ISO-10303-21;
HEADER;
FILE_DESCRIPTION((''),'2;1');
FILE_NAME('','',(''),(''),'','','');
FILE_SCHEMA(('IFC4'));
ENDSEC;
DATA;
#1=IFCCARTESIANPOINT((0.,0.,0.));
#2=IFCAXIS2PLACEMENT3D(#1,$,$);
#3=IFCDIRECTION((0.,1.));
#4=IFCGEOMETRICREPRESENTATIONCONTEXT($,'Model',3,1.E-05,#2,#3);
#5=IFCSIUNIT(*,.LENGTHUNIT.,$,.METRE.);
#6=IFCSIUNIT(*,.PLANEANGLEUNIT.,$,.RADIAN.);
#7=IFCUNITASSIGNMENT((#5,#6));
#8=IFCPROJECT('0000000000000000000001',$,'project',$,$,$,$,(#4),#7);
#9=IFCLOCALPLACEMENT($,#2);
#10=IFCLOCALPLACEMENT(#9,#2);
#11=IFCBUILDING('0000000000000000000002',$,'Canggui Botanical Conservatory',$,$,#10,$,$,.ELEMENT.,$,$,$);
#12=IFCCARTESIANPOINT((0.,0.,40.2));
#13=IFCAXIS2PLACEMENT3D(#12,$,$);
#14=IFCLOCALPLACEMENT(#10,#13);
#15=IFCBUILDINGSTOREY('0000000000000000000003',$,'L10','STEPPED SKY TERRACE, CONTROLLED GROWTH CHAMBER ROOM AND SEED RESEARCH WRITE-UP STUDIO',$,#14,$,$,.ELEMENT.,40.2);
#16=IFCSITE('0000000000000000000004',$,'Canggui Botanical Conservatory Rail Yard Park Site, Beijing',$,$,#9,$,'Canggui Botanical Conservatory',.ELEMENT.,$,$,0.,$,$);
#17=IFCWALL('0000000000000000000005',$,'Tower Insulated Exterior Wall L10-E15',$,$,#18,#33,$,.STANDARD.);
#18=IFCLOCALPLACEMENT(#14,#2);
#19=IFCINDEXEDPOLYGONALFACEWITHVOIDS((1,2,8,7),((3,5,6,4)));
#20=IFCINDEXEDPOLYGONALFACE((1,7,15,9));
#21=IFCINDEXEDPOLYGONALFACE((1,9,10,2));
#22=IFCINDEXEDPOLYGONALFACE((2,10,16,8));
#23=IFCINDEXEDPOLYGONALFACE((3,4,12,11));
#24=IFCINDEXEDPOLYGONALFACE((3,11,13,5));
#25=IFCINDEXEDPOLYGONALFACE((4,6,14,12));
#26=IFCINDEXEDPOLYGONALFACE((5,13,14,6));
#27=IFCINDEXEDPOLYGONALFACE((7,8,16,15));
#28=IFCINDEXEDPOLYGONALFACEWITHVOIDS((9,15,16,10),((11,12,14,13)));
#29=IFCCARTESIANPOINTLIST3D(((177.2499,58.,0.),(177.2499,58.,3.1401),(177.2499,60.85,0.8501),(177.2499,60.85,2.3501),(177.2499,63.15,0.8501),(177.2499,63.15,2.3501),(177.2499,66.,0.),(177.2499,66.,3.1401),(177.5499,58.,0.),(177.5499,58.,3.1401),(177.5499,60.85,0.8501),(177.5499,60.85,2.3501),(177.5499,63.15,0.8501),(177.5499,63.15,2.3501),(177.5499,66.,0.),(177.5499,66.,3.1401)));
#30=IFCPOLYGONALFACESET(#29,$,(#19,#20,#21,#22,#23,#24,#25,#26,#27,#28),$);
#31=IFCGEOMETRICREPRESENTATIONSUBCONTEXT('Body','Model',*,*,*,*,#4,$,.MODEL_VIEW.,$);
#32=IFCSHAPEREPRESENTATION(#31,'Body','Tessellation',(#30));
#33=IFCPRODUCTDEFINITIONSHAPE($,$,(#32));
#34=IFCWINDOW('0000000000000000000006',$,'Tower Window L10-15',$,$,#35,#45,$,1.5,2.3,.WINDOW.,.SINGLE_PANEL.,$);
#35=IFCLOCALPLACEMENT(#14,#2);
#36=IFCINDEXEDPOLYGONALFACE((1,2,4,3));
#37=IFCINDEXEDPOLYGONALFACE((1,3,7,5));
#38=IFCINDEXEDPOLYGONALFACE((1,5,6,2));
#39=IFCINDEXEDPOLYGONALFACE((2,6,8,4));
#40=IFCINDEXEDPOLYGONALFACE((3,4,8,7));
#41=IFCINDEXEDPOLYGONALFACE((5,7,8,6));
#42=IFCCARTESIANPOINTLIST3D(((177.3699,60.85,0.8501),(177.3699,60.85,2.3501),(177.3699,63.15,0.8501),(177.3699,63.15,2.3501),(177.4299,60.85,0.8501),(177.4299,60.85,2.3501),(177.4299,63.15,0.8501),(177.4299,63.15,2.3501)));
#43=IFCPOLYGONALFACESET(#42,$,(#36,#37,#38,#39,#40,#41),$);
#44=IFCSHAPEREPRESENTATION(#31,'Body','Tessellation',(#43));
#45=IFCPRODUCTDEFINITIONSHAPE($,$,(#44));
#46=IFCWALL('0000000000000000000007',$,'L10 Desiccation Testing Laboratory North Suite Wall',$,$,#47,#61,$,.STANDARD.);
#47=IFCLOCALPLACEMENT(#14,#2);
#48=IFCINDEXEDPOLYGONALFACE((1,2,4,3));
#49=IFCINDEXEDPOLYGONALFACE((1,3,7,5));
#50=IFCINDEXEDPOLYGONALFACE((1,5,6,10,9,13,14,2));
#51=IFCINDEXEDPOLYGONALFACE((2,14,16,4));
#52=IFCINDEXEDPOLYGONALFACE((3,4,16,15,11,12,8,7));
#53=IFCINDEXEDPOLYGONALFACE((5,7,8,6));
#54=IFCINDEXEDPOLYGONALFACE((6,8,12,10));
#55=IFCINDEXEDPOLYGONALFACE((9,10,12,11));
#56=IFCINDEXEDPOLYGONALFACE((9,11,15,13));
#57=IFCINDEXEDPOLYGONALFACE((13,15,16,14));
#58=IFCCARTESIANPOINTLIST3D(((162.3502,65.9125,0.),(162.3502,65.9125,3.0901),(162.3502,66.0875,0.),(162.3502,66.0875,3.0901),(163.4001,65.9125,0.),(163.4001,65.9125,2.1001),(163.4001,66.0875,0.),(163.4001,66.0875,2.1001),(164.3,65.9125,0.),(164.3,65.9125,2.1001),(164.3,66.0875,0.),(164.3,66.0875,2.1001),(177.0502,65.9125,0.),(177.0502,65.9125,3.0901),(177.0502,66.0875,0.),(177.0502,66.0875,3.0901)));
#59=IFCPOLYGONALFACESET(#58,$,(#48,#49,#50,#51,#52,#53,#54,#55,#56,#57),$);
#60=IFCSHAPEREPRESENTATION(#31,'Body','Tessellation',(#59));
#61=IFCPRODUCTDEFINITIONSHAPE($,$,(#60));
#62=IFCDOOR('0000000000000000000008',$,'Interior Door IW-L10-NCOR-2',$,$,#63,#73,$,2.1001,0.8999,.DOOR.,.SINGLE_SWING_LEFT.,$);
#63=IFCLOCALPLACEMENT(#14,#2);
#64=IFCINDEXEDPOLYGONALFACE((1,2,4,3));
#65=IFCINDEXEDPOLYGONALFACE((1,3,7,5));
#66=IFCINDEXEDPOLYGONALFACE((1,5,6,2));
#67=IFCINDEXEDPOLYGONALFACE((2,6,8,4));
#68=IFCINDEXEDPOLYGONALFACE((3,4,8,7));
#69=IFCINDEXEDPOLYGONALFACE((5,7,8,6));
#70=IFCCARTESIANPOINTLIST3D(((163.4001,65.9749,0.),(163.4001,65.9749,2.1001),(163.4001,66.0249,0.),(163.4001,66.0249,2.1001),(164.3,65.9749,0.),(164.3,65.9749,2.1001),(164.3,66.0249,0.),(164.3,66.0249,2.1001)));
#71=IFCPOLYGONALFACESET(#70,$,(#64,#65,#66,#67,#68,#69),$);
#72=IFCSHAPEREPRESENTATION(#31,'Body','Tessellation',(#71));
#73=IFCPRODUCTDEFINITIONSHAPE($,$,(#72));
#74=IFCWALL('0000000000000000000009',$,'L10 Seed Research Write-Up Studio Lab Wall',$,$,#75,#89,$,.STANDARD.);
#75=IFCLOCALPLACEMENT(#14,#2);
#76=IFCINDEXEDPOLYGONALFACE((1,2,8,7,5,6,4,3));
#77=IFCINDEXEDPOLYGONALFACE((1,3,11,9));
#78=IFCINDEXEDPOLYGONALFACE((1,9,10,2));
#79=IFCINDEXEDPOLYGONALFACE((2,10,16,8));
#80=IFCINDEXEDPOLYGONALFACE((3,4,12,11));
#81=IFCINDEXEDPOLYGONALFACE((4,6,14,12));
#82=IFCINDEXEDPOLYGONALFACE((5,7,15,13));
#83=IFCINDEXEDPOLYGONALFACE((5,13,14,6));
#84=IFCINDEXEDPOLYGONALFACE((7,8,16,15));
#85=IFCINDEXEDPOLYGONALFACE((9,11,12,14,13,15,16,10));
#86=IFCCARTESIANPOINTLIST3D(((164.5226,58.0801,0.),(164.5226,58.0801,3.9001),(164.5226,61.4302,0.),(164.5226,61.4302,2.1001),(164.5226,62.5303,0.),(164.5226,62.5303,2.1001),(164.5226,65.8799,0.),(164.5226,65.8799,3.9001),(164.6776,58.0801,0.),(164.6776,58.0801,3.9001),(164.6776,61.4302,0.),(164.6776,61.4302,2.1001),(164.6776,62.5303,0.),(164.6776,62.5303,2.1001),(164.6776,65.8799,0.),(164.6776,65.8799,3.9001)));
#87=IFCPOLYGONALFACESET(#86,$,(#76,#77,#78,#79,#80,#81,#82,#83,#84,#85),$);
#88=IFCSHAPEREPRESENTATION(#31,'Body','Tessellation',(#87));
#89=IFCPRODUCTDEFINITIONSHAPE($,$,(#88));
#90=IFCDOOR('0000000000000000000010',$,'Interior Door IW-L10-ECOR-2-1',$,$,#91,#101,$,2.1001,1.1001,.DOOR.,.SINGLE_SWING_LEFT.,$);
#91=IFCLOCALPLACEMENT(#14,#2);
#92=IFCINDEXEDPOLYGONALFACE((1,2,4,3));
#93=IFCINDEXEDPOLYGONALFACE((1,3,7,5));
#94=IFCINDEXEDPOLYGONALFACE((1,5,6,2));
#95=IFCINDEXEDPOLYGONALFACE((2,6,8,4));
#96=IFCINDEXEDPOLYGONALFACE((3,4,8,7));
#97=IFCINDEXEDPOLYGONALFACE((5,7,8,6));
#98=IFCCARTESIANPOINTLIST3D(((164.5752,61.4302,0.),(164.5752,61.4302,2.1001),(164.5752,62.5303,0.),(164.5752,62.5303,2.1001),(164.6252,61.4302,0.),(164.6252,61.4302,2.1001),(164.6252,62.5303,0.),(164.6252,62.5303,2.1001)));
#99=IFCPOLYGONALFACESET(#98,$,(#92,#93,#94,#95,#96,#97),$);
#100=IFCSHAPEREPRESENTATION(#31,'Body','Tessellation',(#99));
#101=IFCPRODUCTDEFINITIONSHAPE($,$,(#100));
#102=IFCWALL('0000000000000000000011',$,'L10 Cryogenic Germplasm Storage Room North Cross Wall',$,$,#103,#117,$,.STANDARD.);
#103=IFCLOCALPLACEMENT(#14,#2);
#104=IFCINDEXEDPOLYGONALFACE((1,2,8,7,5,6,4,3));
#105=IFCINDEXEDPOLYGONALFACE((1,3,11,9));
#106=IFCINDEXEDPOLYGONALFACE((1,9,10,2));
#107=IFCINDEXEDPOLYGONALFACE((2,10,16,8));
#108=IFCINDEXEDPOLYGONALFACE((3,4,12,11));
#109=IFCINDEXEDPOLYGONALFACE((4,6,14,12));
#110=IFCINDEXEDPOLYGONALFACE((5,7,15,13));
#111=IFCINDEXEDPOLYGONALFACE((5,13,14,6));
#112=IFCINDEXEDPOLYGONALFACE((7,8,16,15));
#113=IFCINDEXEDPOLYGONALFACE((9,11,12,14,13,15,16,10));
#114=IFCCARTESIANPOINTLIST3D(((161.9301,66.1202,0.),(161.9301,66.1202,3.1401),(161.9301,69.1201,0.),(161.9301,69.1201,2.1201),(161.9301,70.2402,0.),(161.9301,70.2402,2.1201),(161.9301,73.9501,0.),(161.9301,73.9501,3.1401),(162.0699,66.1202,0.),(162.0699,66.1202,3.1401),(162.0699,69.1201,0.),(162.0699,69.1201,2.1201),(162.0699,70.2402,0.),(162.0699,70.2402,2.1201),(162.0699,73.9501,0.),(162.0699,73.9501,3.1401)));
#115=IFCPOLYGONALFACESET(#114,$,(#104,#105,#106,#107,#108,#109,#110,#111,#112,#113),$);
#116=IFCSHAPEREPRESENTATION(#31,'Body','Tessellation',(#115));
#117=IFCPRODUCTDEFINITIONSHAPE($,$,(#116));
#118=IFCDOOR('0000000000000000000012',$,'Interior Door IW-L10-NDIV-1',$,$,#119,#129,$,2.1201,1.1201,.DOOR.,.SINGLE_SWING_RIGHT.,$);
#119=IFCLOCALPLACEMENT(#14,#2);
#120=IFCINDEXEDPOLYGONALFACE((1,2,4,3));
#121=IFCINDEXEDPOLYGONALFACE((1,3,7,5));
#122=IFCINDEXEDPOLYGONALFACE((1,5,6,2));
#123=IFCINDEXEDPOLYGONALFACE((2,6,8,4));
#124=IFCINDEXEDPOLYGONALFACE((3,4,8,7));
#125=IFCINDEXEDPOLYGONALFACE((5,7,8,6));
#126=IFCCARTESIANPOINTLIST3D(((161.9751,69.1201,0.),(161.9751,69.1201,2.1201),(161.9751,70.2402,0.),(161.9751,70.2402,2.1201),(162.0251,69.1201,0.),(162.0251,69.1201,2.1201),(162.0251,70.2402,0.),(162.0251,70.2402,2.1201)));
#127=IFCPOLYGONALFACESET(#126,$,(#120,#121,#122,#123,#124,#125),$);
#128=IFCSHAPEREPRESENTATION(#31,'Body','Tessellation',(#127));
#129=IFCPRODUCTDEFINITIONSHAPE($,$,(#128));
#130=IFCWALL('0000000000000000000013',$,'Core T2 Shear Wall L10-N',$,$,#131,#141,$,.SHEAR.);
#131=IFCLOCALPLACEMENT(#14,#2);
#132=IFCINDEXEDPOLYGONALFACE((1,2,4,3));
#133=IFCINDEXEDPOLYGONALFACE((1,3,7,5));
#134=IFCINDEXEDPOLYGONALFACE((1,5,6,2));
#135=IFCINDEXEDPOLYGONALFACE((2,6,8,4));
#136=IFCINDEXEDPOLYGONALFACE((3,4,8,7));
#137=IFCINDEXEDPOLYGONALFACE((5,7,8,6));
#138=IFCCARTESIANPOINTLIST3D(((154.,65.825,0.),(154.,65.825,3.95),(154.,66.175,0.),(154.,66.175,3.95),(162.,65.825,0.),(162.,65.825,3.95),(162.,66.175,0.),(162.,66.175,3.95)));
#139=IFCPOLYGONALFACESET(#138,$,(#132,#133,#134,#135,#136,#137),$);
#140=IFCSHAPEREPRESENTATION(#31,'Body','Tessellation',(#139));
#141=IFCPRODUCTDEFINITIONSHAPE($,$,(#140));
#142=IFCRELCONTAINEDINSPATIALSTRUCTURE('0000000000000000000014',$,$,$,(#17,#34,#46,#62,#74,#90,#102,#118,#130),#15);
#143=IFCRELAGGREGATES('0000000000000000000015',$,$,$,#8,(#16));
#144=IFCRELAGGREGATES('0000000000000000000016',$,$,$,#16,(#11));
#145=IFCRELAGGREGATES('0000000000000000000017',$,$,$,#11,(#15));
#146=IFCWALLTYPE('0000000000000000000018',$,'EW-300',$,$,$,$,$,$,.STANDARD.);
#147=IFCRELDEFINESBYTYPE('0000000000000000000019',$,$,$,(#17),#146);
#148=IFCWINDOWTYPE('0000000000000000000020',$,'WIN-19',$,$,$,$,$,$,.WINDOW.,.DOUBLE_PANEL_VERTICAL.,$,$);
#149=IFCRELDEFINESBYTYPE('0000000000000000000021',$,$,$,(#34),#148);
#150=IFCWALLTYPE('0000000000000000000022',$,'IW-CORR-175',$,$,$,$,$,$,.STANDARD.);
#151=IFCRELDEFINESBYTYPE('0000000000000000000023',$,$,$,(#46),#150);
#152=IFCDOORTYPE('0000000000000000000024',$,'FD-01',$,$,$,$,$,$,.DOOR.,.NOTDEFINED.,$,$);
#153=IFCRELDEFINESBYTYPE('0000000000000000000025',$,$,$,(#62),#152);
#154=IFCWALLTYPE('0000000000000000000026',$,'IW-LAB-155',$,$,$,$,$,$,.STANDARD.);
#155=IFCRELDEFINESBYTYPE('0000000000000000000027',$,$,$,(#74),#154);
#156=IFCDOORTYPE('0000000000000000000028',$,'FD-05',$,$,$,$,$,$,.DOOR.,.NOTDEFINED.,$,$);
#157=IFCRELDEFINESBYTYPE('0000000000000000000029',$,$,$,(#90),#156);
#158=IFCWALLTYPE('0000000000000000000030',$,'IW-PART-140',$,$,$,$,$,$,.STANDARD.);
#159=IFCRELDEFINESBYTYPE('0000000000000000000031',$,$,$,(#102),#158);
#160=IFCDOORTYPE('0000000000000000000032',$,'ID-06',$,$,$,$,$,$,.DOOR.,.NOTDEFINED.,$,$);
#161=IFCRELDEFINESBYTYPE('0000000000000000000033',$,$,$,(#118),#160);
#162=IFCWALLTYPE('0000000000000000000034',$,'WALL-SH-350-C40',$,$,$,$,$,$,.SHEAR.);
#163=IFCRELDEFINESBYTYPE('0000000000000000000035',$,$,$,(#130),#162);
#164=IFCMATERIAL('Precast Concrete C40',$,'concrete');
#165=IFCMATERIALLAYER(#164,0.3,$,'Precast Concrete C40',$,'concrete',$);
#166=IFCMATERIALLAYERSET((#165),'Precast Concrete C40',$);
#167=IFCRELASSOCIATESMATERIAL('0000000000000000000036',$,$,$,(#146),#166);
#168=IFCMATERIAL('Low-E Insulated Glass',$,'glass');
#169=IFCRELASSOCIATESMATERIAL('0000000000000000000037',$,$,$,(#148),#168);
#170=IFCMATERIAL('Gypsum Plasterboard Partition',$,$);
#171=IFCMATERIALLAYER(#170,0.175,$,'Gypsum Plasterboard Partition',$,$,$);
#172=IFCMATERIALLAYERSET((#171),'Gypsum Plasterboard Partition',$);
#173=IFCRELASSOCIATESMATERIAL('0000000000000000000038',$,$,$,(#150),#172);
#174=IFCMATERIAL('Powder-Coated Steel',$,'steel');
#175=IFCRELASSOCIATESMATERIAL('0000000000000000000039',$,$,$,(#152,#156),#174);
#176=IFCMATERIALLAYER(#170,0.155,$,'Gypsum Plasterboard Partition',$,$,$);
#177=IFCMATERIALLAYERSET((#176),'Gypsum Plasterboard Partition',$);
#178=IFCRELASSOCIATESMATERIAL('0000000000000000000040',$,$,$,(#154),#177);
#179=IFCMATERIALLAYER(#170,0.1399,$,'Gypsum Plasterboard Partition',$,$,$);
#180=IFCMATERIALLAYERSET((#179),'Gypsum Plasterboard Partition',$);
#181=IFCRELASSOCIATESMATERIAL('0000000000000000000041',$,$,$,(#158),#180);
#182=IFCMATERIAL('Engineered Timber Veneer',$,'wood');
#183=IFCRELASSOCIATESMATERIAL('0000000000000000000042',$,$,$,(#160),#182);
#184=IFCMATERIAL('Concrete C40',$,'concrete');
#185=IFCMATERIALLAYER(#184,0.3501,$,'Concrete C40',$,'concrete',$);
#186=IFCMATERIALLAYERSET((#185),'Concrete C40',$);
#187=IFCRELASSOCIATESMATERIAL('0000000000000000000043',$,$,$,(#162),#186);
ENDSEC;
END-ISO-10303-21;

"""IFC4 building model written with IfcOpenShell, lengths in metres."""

from ifc_helpers import new_model, si_unit, direction, frame, frame_2d, origin, place, context, subcontext, project, spatial, rectangle, extrude, material, layer, layer_set, type_object, element, fill, save


model = new_model("IFC4")

# Units and contexts
model_context = context("Model", 3, precision=1e-05, world=origin(), true_north=direction((0.0, 1.0)))
body_context = subcontext(model_context, "Body", "Model", "MODEL_VIEW")
ifc_project = project(units=[si_unit("LENGTHUNIT", "METRE"), si_unit("PLANEANGLEUNIT", "RADIAN")], contexts=[model_context])

# Site, building, storey
site_placement = place(None, origin())
site = spatial("IfcSite", under=ifc_project, at=site_placement, Name="Canggui Botanical Conservatory Rail Yard Park Site, Beijing", LongName="Canggui Botanical Conservatory", CompositionType="ELEMENT", RefElevation=0.0)
building_placement = place(site_placement, origin())
building = spatial("IfcBuilding", under=site, at=building_placement, Name="Canggui Botanical Conservatory", CompositionType="ELEMENT")
storey_placement = place(building_placement, frame((0.0, 0.0, 40.2)))
storey = spatial("IfcBuildingStorey", under=building, at=storey_placement, Name="L10", Description="STEPPED SKY TERRACE, CONTROLLED GROWTH CHAMBER ROOM AND SEED RESEARCH WRITE-UP STUDIO", CompositionType="ELEMENT", Elevation=40.2)

# Shared definitions
ifc_material_1 = material(Name="Concrete C40", Category="concrete")

# Shared definitions
ifc_material_2 = material(Name="Low-E Insulated Glass", Category="glass")

# Wall, opening, window
ifc_material_3 = material(Name="Precast Concrete C40", Category="concrete")
ifc_layer_1 = layer(ifc_material_3, 0.3, Name="Precast Concrete C40", Category="concrete")
ifc_layer_set_1 = layer_set([ifc_layer_1], Name="Precast Concrete C40")
wall_type_1 = type_object("IfcWallType", Name="EW-300", PredefinedType="STANDARD", material=ifc_layer_set_1)
wall_1_placement = place(storey_placement, frame((177.3999, 66.0, 0.0), z_axis=(0.0, 0.0, 1.0), x_axis=(0.0, -1.0, 0.0)))
wall_1 = element("IfcWall", 1, at=wall_1_placement, inside=storey, type_object=wall_type_1, Name="Tower Insulated Exterior Wall L10-E15", PredefinedType="STANDARD", context=body_context, shape_type="SweptSolid", body=[
    extrude(rectangle(XDim=8.0, YDim=0.3, at=frame_2d((4.0, 0.0))), origin(), (0.0, 0.0, 1.0), 3.1401),
])
opening_1_placement = place(wall_1_placement, frame((2.8501, 0.0, 0.8501)))
opening_1 = element("IfcOpeningElement", 2, at=opening_1_placement, cuts=wall_1, PredefinedType="OPENING", context=body_context, shape_type="SweptSolid", body=[
    extrude(rectangle(XDim=2.3, YDim=1.5, at=frame_2d((1.1499, 0.75))), frame((0.0, 0.1602, 0.0), z_axis=(0.0, -1.0, 0.0), x_axis=(1.0, 0.0, 0.0)), (0.0, 0.0, 1.0), 0.3201),
])
window_type = type_object("IfcWindowType", Name="WIN-19", PartitioningType="DOUBLE_PANEL_VERTICAL", PredefinedType="WINDOW", material=ifc_material_2)
window_placement = place(opening_1_placement, origin())
window = element("IfcWindow", 3, at=window_placement, inside=storey, type_object=window_type, Name="Tower Window L10-15", OverallHeight=1.5, OverallWidth=2.3, PartitioningType="SINGLE_PANEL", PredefinedType="WINDOW", context=body_context, shape_type="SweptSolid", body=[
    extrude(rectangle(XDim=2.3, YDim=1.5, at=frame_2d((1.1499, 0.75))), frame((0.0, 0.03, 0.0), z_axis=(0.0, -1.0, 0.0), x_axis=(1.0, 0.0, 0.0)), (0.0, 0.0, 1.0), 0.0601),
])
fill(opening_1, window)

# Walls, openings, doors
ifc_material_4 = material(Name="Gypsum Plasterboard Partition")
ifc_layer_2 = layer(ifc_material_4, 0.175, Name="Gypsum Plasterboard Partition")
ifc_layer_set_2 = layer_set([ifc_layer_2], Name="Gypsum Plasterboard Partition")
wall_type_2 = type_object("IfcWallType", Name="IW-CORR-175", PredefinedType="STANDARD", material=ifc_layer_set_2)
wall_2_placement = place(storey_placement, frame((162.3501, 66.0, 0.0), z_axis=(0.0, 0.0, 1.0), x_axis=(1.0, 0.0, 0.0)))
wall_2 = element("IfcWall", 4, at=wall_2_placement, inside=storey, type_object=wall_type_2, Name="L10 Desiccation Testing Laboratory North Suite Wall", PredefinedType="STANDARD", context=body_context, shape_type="SweptSolid", body=[
    extrude(rectangle(XDim=14.7, YDim=0.175, at=frame_2d((7.3501, 0.0))), origin(), (0.0, 0.0, 1.0), 3.0901),
])
opening_2_placement = place(wall_2_placement, frame((1.05, 0.0, 0.0)))
opening_2 = element("IfcOpeningElement", 5, at=opening_2_placement, cuts=wall_2, PredefinedType="OPENING", context=body_context, shape_type="SweptSolid", body=[
    extrude(rectangle(XDim=0.8999, YDim=2.1001, at=frame_2d((0.45, 1.05))), frame((0.0, 0.0977, 0.0), z_axis=(0.0, -1.0, 0.0), x_axis=(1.0, 0.0, 0.0)), (0.0, 0.0, 1.0), 0.1951),
])
ifc_material_5 = material(Name="Powder-Coated Steel", Category="steel")
door_type_1 = type_object("IfcDoorType", Name="FD-01", OperationType="NOTDEFINED", PredefinedType="DOOR", material=ifc_material_5)
door_1_placement = place(opening_2_placement, origin())
door_1 = element("IfcDoor", 6, at=door_1_placement, inside=storey, type_object=door_type_1, Name="Interior Door IW-L10-NCOR-2", OperationType="SINGLE_SWING_LEFT", OverallHeight=2.1001, OverallWidth=0.8999, PredefinedType="DOOR", context=body_context, shape_type="SweptSolid", body=[
    extrude(rectangle(XDim=0.8999, YDim=2.1001, at=frame_2d((0.45, 1.05))), frame((0.0, 0.0249, 0.0), z_axis=(0.0, -1.0, 0.0), x_axis=(1.0, 0.0, 0.0)), (0.0, 0.0, 1.0), 0.05),
])
fill(opening_2, door_1)
ifc_layer_3 = layer(ifc_material_4, 0.155, Name="Gypsum Plasterboard Partition")
ifc_layer_set_3 = layer_set([ifc_layer_3], Name="Gypsum Plasterboard Partition")
wall_type_3 = type_object("IfcWallType", Name="IW-LAB-155", PredefinedType="STANDARD", material=ifc_layer_set_3)
wall_3_placement = place(storey_placement, frame((164.6001, 58.0801, 0.0), z_axis=(0.0, 0.0, 1.0), x_axis=(0.0, 1.0, 0.0)))
wall_3 = element("IfcWall", 7, at=wall_3_placement, inside=storey, type_object=wall_type_3, Name="L10 Seed Research Write-Up Studio Lab Wall", PredefinedType="STANDARD", context=body_context, shape_type="SweptSolid", body=[
    extrude(rectangle(XDim=7.7998, YDim=0.155, at=frame_2d((3.8999, 0.0))), origin(), (0.0, 0.0, 1.0), 3.9001),
])
opening_3_placement = place(wall_3_placement, frame((3.3501, 0.0, 0.0)))
opening_3 = element("IfcOpeningElement", 8, at=opening_3_placement, cuts=wall_3, PredefinedType="OPENING", context=body_context, shape_type="SweptSolid", body=[
    extrude(rectangle(XDim=1.1001, YDim=2.1001, at=frame_2d((0.55, 1.05))), frame((0.0, 0.0874, 0.0), z_axis=(0.0, -1.0, 0.0), x_axis=(1.0, 0.0, 0.0)), (0.0, 0.0, 1.0), 0.175),
])
door_type_2 = type_object("IfcDoorType", Name="FD-05", OperationType="NOTDEFINED", PredefinedType="DOOR", material=ifc_material_5)
door_2_placement = place(opening_3_placement, origin())
door_2 = element("IfcDoor", 9, at=door_2_placement, inside=storey, type_object=door_type_2, Name="Interior Door IW-L10-ECOR-2-1", OperationType="SINGLE_SWING_LEFT", OverallHeight=2.1001, OverallWidth=1.1001, PredefinedType="DOOR", context=body_context, shape_type="SweptSolid", body=[
    extrude(rectangle(XDim=1.1001, YDim=2.1001, at=frame_2d((0.55, 1.05))), frame((0.0, 0.0249, 0.0), z_axis=(0.0, -1.0, 0.0), x_axis=(1.0, 0.0, 0.0)), (0.0, 0.0, 1.0), 0.05),
])
fill(opening_3, door_2)
ifc_layer_4 = layer(ifc_material_4, 0.1399, Name="Gypsum Plasterboard Partition")
ifc_layer_set_4 = layer_set([ifc_layer_4], Name="Gypsum Plasterboard Partition")
wall_type_4 = type_object("IfcWallType", Name="IW-PART-140", PredefinedType="STANDARD", material=ifc_layer_set_4)
wall_4_placement = place(storey_placement, frame((162.0, 66.1201, 0.0), z_axis=(0.0, 0.0, 1.0), x_axis=(0.0, 1.0, 0.0)))
wall_4 = element("IfcWall", 10, at=wall_4_placement, inside=storey, type_object=wall_type_4, Name="L10 Cryogenic Germplasm Storage Room North Cross Wall", PredefinedType="STANDARD", context=body_context, shape_type="SweptSolid", body=[
    extrude(rectangle(XDim=7.8298, YDim=0.1399, at=frame_2d((3.915, 0.0))), origin(), (0.0, 0.0, 1.0), 3.1401),
])
opening_4_placement = place(wall_4_placement, frame((3.0, 0.0, 0.0)))
opening_4 = element("IfcOpeningElement", 11, at=opening_4_placement, cuts=wall_4, PredefinedType="OPENING", context=body_context, shape_type="SweptSolid", body=[
    extrude(rectangle(XDim=1.1201, YDim=2.1201, at=frame_2d((0.5601, 1.0601))), frame((0.0, 0.0801, 0.0), z_axis=(0.0, -1.0, 0.0), x_axis=(1.0, 0.0, 0.0)), (0.0, 0.0, 1.0), 0.1599),
])
ifc_material_6 = material(Name="Engineered Timber Veneer", Category="wood")
door_type_3 = type_object("IfcDoorType", Name="ID-06", OperationType="NOTDEFINED", PredefinedType="DOOR", material=ifc_material_6)
door_3_placement = place(opening_4_placement, origin())
door_3 = element("IfcDoor", 12, at=door_3_placement, inside=storey, type_object=door_type_3, Name="Interior Door IW-L10-NDIV-1", OperationType="SINGLE_SWING_RIGHT", OverallHeight=2.1201, OverallWidth=1.1201, PredefinedType="DOOR", context=body_context, shape_type="SweptSolid", body=[
    extrude(rectangle(XDim=1.1201, YDim=2.1201, at=frame_2d((0.5601, 1.0601))), frame((0.0, 0.0249, 0.0), z_axis=(0.0, -1.0, 0.0), x_axis=(1.0, 0.0, 0.0)), (0.0, 0.0, 1.0), 0.05),
])
fill(opening_4, door_3)

# Wall
ifc_layer_5 = layer(ifc_material_1, 0.3501, Name="Concrete C40", Category="concrete")
ifc_layer_set_5 = layer_set([ifc_layer_5], Name="Concrete C40")
wall_type_5 = type_object("IfcWallType", Name="WALL-SH-350-C40", PredefinedType="SHEAR", material=ifc_layer_set_5)
wall_5_placement = place(storey_placement, frame((162.0, 66.0, 0.0), z_axis=(0.0, 0.0, 1.0), x_axis=(-1.0, 0.0, 0.0)))
element("IfcWall", 13, at=wall_5_placement, inside=storey, type_object=wall_type_5, Name="Core T2 Shear Wall L10-N", PredefinedType="SHEAR", context=body_context, shape_type="SweptSolid", body=[
    extrude(rectangle(XDim=8.0, YDim=0.3501, at=frame_2d((4.0, 0.0))), origin(), (0.0, 0.0, 1.0), 3.95),
])

save(model, "model.ifc")
